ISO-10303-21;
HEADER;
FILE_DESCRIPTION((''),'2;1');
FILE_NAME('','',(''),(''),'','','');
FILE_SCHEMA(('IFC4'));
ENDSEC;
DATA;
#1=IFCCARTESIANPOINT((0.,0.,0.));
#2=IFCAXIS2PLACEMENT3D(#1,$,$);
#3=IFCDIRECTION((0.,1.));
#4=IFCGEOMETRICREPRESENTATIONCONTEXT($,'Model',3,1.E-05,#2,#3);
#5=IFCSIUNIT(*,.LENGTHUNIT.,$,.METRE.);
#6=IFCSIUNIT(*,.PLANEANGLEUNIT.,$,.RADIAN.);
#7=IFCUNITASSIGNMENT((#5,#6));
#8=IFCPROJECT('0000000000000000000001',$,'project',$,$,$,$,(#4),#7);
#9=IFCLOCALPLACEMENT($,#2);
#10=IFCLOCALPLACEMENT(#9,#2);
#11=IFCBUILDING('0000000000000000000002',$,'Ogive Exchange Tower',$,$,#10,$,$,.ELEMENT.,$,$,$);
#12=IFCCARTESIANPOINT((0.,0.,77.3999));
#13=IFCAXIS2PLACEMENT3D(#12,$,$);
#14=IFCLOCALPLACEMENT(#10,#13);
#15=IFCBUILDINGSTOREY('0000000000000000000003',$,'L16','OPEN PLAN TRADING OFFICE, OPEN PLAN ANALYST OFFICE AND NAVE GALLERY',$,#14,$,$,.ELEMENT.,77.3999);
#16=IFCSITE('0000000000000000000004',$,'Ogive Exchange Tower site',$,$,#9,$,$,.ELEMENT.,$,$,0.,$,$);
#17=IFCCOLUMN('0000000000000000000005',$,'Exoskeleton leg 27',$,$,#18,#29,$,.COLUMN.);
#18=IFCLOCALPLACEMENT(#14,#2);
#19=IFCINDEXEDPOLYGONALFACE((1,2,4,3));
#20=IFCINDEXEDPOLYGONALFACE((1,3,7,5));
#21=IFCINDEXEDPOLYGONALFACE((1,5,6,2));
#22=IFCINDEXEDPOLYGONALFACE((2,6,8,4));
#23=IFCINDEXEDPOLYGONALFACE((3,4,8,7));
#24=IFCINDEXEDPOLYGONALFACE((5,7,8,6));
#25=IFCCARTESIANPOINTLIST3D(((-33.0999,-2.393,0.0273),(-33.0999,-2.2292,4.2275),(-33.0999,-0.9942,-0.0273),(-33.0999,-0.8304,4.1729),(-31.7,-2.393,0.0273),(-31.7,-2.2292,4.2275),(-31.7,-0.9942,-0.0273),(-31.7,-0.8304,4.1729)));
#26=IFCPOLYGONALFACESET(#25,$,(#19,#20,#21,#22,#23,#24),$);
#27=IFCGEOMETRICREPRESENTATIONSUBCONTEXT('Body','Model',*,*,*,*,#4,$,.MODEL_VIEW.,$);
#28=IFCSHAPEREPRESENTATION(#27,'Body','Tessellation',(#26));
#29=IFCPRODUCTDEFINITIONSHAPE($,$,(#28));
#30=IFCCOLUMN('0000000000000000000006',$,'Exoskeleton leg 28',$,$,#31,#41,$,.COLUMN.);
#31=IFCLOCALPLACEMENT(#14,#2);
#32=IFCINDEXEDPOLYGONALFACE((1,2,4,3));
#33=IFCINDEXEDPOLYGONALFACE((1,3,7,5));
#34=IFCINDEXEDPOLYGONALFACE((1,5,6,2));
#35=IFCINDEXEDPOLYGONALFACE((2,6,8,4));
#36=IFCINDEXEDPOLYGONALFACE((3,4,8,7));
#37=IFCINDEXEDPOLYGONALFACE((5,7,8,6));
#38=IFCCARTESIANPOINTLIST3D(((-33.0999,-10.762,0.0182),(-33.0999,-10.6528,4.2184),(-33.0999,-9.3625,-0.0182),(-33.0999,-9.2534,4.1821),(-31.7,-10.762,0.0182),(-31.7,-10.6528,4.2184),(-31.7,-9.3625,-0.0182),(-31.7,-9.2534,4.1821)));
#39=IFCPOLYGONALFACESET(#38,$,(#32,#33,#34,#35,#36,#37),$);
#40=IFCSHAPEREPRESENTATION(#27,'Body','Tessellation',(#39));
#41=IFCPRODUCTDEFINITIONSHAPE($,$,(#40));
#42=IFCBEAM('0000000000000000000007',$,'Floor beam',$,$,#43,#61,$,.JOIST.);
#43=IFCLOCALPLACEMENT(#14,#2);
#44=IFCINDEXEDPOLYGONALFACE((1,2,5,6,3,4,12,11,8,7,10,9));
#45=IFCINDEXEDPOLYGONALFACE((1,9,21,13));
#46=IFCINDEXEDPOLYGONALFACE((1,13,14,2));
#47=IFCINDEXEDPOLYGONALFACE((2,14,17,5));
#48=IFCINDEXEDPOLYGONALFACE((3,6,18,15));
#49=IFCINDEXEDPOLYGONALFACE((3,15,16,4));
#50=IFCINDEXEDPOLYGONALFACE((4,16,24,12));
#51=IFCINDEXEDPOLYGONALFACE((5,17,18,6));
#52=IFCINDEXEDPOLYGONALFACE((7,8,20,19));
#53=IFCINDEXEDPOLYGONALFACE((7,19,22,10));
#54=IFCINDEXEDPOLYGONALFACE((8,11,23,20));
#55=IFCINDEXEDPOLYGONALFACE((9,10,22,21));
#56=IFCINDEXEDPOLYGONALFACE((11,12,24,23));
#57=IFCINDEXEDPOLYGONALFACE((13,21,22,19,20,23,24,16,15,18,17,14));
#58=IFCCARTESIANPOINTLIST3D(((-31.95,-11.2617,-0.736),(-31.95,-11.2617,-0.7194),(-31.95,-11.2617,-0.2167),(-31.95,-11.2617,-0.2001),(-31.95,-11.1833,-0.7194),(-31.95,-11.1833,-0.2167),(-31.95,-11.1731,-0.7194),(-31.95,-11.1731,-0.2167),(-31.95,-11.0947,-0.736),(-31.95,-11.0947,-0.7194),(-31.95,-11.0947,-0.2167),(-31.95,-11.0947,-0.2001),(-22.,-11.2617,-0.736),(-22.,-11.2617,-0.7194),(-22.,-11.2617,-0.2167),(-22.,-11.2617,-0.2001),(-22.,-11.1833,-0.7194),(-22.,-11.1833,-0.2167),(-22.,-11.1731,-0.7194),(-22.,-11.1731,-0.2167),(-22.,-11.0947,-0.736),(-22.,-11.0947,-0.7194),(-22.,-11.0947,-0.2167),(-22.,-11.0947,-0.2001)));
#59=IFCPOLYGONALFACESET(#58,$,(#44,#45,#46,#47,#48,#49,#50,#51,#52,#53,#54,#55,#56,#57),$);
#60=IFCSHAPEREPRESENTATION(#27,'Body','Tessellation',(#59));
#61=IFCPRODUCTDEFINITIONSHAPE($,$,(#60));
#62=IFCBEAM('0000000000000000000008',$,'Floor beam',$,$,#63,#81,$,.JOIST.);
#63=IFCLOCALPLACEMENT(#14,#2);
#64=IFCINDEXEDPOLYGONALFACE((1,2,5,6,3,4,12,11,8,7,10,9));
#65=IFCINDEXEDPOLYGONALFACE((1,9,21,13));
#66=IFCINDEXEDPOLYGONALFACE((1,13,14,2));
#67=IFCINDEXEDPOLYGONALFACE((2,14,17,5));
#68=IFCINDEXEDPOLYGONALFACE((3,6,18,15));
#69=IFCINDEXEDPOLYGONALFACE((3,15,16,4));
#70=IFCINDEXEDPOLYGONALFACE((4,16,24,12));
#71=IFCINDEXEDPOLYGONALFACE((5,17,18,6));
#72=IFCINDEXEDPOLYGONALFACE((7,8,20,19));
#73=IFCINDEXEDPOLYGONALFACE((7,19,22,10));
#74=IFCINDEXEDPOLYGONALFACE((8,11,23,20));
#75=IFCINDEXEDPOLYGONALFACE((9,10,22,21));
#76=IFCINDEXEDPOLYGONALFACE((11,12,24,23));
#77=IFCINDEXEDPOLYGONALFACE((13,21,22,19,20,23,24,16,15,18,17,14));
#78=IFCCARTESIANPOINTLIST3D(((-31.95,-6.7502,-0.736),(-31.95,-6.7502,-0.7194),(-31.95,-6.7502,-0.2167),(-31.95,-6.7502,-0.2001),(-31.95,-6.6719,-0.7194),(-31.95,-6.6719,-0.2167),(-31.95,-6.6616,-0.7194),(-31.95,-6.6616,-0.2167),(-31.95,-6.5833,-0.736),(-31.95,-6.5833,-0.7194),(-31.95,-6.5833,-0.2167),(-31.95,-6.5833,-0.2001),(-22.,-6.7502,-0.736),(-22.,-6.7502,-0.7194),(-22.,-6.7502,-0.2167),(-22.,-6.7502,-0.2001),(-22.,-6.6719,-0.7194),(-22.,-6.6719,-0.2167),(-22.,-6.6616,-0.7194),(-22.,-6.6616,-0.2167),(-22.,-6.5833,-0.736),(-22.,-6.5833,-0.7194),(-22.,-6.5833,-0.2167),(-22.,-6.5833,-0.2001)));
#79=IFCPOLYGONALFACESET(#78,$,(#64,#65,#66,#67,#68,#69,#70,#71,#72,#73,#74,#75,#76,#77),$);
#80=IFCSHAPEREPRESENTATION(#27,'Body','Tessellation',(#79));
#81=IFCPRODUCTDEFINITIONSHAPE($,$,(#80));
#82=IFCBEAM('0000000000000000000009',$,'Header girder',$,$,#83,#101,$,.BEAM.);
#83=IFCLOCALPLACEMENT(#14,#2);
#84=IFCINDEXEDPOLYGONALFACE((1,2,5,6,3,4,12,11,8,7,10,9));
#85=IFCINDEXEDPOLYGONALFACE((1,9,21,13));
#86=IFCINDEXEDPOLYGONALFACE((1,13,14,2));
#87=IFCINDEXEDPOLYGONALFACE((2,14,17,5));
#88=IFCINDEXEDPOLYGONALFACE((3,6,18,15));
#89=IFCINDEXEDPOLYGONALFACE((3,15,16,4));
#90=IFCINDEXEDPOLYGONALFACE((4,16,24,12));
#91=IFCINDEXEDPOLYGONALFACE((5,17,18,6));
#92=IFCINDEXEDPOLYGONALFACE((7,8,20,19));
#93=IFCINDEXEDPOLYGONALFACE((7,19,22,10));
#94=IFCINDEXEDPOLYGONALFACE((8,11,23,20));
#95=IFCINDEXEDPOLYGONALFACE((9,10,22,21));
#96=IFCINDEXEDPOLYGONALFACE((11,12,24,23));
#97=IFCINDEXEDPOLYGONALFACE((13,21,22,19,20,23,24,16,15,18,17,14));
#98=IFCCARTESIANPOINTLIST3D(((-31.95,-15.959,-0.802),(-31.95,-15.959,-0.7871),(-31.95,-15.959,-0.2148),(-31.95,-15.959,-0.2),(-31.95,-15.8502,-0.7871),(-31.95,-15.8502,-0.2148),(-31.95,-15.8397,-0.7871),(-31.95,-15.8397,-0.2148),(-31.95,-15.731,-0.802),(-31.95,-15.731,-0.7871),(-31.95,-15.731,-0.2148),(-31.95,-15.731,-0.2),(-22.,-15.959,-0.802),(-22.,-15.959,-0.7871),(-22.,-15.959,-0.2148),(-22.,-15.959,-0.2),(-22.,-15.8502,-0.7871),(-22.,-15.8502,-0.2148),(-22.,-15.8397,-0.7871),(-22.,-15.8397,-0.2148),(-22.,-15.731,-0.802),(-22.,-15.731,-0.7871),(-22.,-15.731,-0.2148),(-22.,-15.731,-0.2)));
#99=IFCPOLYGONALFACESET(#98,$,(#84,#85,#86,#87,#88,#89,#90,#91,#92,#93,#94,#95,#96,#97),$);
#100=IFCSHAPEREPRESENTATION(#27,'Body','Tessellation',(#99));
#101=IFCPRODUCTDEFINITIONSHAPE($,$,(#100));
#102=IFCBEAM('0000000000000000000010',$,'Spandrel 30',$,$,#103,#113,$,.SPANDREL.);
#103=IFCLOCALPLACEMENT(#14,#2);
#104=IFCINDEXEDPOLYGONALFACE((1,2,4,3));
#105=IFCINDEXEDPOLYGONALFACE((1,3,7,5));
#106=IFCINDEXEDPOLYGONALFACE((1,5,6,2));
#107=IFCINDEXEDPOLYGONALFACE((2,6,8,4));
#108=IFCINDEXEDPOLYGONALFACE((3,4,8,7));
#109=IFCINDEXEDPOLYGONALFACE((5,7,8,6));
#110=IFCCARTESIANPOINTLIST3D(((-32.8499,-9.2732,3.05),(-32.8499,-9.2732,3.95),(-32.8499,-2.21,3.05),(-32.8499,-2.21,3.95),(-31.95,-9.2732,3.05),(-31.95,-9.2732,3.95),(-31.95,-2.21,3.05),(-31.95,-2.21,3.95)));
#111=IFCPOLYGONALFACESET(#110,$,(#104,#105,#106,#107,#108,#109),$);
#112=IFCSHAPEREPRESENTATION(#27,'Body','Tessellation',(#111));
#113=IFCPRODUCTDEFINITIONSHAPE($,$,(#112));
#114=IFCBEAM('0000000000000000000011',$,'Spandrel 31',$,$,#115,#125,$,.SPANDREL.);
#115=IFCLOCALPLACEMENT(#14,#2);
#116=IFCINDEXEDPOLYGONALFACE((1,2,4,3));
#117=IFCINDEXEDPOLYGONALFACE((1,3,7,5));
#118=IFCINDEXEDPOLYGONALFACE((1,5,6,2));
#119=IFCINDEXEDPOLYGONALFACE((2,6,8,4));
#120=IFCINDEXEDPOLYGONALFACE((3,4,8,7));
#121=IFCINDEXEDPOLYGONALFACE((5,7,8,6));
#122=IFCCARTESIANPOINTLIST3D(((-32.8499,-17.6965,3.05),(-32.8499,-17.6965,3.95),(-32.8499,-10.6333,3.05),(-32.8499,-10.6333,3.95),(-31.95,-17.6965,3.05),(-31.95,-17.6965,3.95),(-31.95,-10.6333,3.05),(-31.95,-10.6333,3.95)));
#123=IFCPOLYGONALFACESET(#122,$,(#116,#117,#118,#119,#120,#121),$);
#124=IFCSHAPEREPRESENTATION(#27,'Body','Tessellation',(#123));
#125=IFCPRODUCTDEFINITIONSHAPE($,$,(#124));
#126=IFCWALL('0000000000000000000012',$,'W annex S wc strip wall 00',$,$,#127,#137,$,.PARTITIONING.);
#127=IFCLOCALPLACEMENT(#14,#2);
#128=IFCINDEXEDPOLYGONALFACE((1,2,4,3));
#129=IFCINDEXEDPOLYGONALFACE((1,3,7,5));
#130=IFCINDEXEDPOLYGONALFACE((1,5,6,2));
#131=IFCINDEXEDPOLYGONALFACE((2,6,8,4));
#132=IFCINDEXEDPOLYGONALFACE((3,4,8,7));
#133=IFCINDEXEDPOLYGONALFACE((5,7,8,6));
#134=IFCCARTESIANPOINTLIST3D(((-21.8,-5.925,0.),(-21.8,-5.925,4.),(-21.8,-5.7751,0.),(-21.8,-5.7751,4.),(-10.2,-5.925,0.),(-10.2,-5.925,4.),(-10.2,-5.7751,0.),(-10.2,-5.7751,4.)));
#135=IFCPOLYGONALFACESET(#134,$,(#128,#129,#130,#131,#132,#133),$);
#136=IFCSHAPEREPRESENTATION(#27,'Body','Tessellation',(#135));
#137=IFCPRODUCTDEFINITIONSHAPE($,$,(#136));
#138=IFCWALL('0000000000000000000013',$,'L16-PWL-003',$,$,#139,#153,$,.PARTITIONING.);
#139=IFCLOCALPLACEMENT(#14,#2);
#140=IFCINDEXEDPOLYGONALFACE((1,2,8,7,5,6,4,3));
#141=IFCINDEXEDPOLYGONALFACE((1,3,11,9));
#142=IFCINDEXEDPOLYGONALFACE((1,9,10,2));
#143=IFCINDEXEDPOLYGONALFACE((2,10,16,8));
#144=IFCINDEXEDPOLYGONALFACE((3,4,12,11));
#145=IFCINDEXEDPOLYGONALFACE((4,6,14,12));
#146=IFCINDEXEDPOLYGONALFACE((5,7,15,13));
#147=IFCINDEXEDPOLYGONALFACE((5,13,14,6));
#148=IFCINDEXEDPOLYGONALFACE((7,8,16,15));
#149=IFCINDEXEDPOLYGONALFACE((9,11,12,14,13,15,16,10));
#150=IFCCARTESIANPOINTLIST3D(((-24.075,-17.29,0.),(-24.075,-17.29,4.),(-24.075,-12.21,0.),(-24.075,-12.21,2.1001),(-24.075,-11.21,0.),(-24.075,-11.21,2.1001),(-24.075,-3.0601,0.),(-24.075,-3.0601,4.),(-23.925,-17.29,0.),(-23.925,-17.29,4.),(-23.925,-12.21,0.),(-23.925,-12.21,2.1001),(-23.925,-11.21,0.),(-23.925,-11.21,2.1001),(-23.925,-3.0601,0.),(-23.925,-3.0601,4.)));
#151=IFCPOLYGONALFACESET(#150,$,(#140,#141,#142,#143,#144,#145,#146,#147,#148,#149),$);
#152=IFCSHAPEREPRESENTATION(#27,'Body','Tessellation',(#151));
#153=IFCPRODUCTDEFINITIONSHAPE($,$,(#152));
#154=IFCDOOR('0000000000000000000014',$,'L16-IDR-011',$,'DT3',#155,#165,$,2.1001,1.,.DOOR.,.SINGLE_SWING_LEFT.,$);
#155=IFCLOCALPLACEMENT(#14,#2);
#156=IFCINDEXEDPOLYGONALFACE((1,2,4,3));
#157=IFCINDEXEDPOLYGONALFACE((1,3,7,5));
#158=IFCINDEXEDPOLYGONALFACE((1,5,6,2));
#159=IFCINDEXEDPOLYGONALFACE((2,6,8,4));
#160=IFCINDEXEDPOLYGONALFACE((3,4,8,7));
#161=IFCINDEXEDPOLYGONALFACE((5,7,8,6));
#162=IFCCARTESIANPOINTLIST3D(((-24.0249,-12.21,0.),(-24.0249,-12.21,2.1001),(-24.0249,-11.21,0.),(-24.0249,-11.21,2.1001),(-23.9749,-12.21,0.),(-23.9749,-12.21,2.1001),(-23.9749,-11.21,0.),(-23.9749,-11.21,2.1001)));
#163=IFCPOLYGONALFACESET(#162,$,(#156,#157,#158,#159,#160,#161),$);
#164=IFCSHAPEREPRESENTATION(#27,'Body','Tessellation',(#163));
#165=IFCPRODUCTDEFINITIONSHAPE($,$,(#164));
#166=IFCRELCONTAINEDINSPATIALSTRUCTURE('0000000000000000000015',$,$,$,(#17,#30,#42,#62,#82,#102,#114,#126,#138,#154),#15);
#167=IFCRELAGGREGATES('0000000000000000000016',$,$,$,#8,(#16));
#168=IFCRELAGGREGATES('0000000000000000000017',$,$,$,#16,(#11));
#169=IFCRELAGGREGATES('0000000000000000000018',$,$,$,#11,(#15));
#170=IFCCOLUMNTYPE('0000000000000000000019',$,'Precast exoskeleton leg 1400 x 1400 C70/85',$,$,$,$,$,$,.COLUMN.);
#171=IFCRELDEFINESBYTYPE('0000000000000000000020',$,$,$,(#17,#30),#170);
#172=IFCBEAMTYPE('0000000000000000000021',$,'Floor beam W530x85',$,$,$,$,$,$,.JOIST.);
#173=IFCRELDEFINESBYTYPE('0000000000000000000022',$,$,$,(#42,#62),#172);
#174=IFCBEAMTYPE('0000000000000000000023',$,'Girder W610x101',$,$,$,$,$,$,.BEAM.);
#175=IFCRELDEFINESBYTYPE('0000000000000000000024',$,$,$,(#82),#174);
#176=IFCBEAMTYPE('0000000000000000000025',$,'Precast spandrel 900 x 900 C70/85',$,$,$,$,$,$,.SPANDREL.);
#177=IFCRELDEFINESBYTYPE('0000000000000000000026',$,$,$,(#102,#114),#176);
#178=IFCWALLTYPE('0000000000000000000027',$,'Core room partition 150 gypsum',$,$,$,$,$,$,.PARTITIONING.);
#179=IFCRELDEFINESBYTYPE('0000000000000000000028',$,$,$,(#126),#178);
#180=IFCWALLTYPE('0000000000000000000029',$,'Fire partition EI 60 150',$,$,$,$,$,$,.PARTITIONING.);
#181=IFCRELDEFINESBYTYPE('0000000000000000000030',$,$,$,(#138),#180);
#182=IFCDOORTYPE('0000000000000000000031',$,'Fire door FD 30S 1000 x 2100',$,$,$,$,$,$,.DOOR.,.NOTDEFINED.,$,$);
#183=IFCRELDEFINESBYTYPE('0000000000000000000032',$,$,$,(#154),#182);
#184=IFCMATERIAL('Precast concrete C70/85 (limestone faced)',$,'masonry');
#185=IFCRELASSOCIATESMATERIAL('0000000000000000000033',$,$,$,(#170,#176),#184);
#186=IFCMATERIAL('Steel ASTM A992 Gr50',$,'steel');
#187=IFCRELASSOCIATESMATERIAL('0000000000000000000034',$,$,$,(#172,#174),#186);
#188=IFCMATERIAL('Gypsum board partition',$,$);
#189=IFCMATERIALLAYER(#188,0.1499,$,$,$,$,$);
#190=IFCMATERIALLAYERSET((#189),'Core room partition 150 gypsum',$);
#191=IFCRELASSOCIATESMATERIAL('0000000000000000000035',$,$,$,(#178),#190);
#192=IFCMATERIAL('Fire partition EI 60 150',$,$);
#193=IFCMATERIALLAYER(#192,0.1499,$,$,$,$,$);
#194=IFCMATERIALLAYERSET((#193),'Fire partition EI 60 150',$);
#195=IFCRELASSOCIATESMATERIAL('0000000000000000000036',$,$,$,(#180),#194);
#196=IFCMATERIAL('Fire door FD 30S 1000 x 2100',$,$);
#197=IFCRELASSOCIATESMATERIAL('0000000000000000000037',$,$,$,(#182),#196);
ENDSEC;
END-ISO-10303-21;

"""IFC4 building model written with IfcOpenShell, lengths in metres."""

from ifc_helpers import new_model, si_unit, direction, frame, frame_2d, origin, origin_2d, place, context, subcontext, project, spatial, rectangle, i_section, extrude, material, layer, layer_set, material_profile, profile_set, type_object, element, fill, save


model = new_model("IFC4")

# Units and contexts
model_context = context("Model", 3, precision=1e-05, world=origin(), true_north=direction((0.0, 1.0)))
body_context = subcontext(model_context, "Body", "Model", "MODEL_VIEW")
ifc_project = project(units=[si_unit("LENGTHUNIT", "METRE"), si_unit("PLANEANGLEUNIT", "RADIAN")], contexts=[model_context])

# Site, building, storey
site_placement = place(None, origin())
site = spatial("IfcSite", under=ifc_project, at=site_placement, Name="Ogive Exchange Tower site", CompositionType="ELEMENT", RefElevation=0.0)
building_placement = place(site_placement, origin())
building = spatial("IfcBuilding", under=site, at=building_placement, Name="Ogive Exchange Tower", CompositionType="ELEMENT")
storey_placement = place(building_placement, frame((0.0, 0.0, 77.3999)))
storey = spatial("IfcBuildingStorey", under=building, at=storey_placement, Name="L16", Description="OPEN PLAN TRADING OFFICE, OPEN PLAN ANALYST OFFICE AND NAVE GALLERY", CompositionType="ELEMENT", Elevation=77.3999)

# Columns
ifc_material_1 = material(Name="Precast concrete C70/85 (limestone faced)", Category="masonry")
ifc_material_profile_1 = material_profile(ifc_material_1, rectangle(XDim=1.3999, YDim=1.3999, at=origin_2d()), Name="1400 x 1400")
ifc_profile_set_1 = profile_set([ifc_material_profile_1], Name="Precast concrete C70/85 (limestone faced)")
column_type = type_object("IfcColumnType", Name="Precast exoskeleton leg 1400 x 1400 C70/85", PredefinedType="COLUMN", material=ifc_profile_set_1)
column_1_placement = place(storey_placement, frame((-32.3999, -1.6936, 0.0), z_axis=(0.0, 0.038973, 0.99924), x_axis=(-1.0, 0.0, 0.0)))
element("IfcColumn", 1, at=column_1_placement, inside=storey, type_object=column_type, Name="Exoskeleton leg 27", PredefinedType="COLUMN", context=body_context, shape_type="SweptSolid", body=[
    extrude(rectangle(XDim=1.3999, YDim=1.3999, at=origin_2d()), origin(), (0.0, 0.0, 1.0), 4.2034),
])
column_2_placement = place(storey_placement, frame((-32.3999, -10.0623, 0.0), z_axis=(0.0, 0.025974, 0.999663), x_axis=(-1.0, 0.0, 0.0)))
element("IfcColumn", 2, at=column_2_placement, inside=storey, type_object=column_type, Name="Exoskeleton leg 28", PredefinedType="COLUMN", context=body_context, shape_type="SweptSolid", body=[
    extrude(rectangle(XDim=1.3999, YDim=1.3999, at=origin_2d()), origin(), (0.0, 0.0, 1.0), 4.2017),
])

# Beams
ifc_material_2 = material(Name="Steel ASTM A992 Gr50", Category="steel")
ifc_material_profile_2 = material_profile(ifc_material_2, i_section(OverallWidth=0.167, OverallDepth=0.5359, WebThickness=0.0103, FlangeThickness=0.0166, at=origin_2d()), Name="W530x85")
ifc_profile_set_2 = profile_set([ifc_material_profile_2], Name="Steel ASTM A992 Gr50")
beam_type_1 = type_object("IfcBeamType", Name="Floor beam W530x85", PredefinedType="JOIST", material=ifc_profile_set_2)
for number, where, z_axis, x_axis, name in (
    (3, (-31.95, -11.1782, -0.468), (1.0, 0.0, 0.0), (0.0, 1.0, 0.0), "Floor beam"),
    (4, (-31.95, -6.6667, -0.468), (1.0, 0.0, 0.0), (0.0, 1.0, 0.0), "Floor beam"),
):
    element("IfcBeam", number, at=place(storey_placement, frame(where, z_axis=z_axis, x_axis=x_axis)), inside=storey, type_object=beam_type_1, Name=name, PredefinedType="JOIST", context=body_context, shape_type="SweptSolid", body=[
        extrude(i_section(OverallWidth=0.167, OverallDepth=0.5359, WebThickness=0.0103, FlangeThickness=0.0166, at=origin_2d()), origin(), (0.0, 0.0, 1.0), 9.95),
    ])
ifc_material_profile_3 = material_profile(ifc_material_2, i_section(OverallWidth=0.228, OverallDepth=0.6021, WebThickness=0.0105, FlangeThickness=0.0149, at=origin_2d()), Name="W610x101")
ifc_profile_set_3 = profile_set([ifc_material_profile_3], Name="Steel ASTM A992 Gr50")
beam_type_2 = type_object("IfcBeamType", Name="Girder W610x101", PredefinedType="BEAM", material=ifc_profile_set_3)
beam_placement = place(storey_placement, frame((-31.95, -15.845, -0.501), z_axis=(1.0, 0.0, 0.0), x_axis=(0.0, 1.0, 0.0)))
element("IfcBeam", 5, at=beam_placement, inside=storey, type_object=beam_type_2, Name="Header girder", PredefinedType="BEAM", context=body_context, shape_type="SweptSolid", body=[
    extrude(i_section(OverallWidth=0.228, OverallDepth=0.6021, WebThickness=0.0105, FlangeThickness=0.0149, at=origin_2d()), origin(), (0.0, 0.0, 1.0), 9.95),
])
ifc_material_profile_4 = material_profile(ifc_material_1, rectangle(XDim=0.8999, YDim=0.8999, at=origin_2d()), Name="900 x 900")
ifc_profile_set_4 = profile_set([ifc_material_profile_4], Name="Precast concrete C70/85 (limestone faced)")
beam_type_3 = type_object("IfcBeamType", Name="Precast spandrel 900 x 900 C70/85", PredefinedType="SPANDREL", material=ifc_profile_set_4)
for number, where, z_axis, x_axis, name in (
    (6, (-32.3999, -2.21, 3.5), (0.0, -1.0, 0.0), (1.0, 0.0, 0.0), "Spandrel 30"),
    (7, (-32.3999, -10.6333, 3.5), (0.0, -1.0, 0.0), (1.0, 0.0, 0.0), "Spandrel 31"),
):
    element("IfcBeam", number, at=place(storey_placement, frame(where, z_axis=z_axis, x_axis=x_axis)), inside=storey, type_object=beam_type_3, Name=name, PredefinedType="SPANDREL", context=body_context, shape_type="SweptSolid", body=[
        extrude(rectangle(XDim=0.8999, YDim=0.8999, at=origin_2d()), origin(), (0.0, 0.0, 1.0), 7.0632),
    ])

# Wall
ifc_material_3 = material(Name="Gypsum board partition")
ifc_layer_1 = layer(ifc_material_3, 0.1499)
ifc_layer_set_1 = layer_set([ifc_layer_1], Name="Core room partition 150 gypsum")
wall_type_1 = type_object("IfcWallType", Name="Core room partition 150 gypsum", PredefinedType="PARTITIONING", material=ifc_layer_set_1)
wall_1_placement = place(storey_placement, frame((-21.8, -5.8501, 0.0), z_axis=(0.0, 0.0, 1.0), x_axis=(1.0, 0.0, 0.0)))
element("IfcWall", 8, at=wall_1_placement, inside=storey, type_object=wall_type_1, Name="W annex S wc strip wall 00", PredefinedType="PARTITIONING", context=body_context, shape_type="SweptSolid", body=[
    extrude(rectangle(XDim=11.6001, YDim=0.1499, at=frame_2d((5.8, 0.0))), origin(), (0.0, 0.0, 1.0), 4.0),
])

# Wall, opening, door
ifc_material_4 = material(Name="Fire partition EI 60 150")
ifc_layer_2 = layer(ifc_material_4, 0.1499)
ifc_layer_set_2 = layer_set([ifc_layer_2], Name="Fire partition EI 60 150")
wall_type_2 = type_object("IfcWallType", Name="Fire partition EI 60 150", PredefinedType="PARTITIONING", material=ifc_layer_set_2)
wall_2_placement = place(storey_placement, frame((-24.0, -17.29, 0.0), z_axis=(0.0, 0.0, 1.0), x_axis=(0.0, 1.0, 0.0)))
wall_2 = element("IfcWall", 9, at=wall_2_placement, inside=storey, type_object=wall_type_2, Name="L16-PWL-003", PredefinedType="PARTITIONING", context=body_context, shape_type="SweptSolid", body=[
    extrude(rectangle(XDim=14.23, YDim=0.1499, at=frame_2d((7.115, 0.0))), origin(), (0.0, 0.0, 1.0), 4.0),
])
opening_1_placement = place(wall_2_placement, frame((5.0801, 0.0, 0.0)))
opening_1 = element("IfcOpeningElement", 10, at=opening_1_placement, cuts=wall_2, PredefinedType="OPENING", context=body_context, shape_type="SweptSolid", body=[
    extrude(rectangle(XDim=1.0, YDim=2.1001, at=frame_2d((0.5, 1.05))), frame((0.0, 0.085, 0.0), z_axis=(0.0, -1.0, 0.0), x_axis=(1.0, 0.0, 0.0)), (0.0, 0.0, 1.0), 0.1699),
])
ifc_material_5 = material(Name="Fire door FD 30S 1000 x 2100")
door_type_1 = type_object("IfcDoorType", Name="Fire door FD 30S 1000 x 2100", OperationType="NOTDEFINED", PredefinedType="DOOR", material=ifc_material_5)
door_1_placement = place(opening_1_placement, origin())
door_1 = element("IfcDoor", 11, at=door_1_placement, inside=storey, type_object=door_type_1, Name="L16-IDR-011", ObjectType="DT3", OperationType="SINGLE_SWING_LEFT", OverallHeight=2.1001, OverallWidth=1.0, PredefinedType="DOOR", context=body_context, shape_type="SweptSolid", body=[
    extrude(rectangle(XDim=1.0, YDim=2.1001, at=frame_2d((0.5, 1.05))), frame((0.0, 0.0249, 0.0), z_axis=(0.0, -1.0, 0.0), x_axis=(1.0, 0.0, 0.0)), (0.0, 0.0, 1.0), 0.05),
])
fill(opening_1, door_1)

save(model, "model.ifc")
